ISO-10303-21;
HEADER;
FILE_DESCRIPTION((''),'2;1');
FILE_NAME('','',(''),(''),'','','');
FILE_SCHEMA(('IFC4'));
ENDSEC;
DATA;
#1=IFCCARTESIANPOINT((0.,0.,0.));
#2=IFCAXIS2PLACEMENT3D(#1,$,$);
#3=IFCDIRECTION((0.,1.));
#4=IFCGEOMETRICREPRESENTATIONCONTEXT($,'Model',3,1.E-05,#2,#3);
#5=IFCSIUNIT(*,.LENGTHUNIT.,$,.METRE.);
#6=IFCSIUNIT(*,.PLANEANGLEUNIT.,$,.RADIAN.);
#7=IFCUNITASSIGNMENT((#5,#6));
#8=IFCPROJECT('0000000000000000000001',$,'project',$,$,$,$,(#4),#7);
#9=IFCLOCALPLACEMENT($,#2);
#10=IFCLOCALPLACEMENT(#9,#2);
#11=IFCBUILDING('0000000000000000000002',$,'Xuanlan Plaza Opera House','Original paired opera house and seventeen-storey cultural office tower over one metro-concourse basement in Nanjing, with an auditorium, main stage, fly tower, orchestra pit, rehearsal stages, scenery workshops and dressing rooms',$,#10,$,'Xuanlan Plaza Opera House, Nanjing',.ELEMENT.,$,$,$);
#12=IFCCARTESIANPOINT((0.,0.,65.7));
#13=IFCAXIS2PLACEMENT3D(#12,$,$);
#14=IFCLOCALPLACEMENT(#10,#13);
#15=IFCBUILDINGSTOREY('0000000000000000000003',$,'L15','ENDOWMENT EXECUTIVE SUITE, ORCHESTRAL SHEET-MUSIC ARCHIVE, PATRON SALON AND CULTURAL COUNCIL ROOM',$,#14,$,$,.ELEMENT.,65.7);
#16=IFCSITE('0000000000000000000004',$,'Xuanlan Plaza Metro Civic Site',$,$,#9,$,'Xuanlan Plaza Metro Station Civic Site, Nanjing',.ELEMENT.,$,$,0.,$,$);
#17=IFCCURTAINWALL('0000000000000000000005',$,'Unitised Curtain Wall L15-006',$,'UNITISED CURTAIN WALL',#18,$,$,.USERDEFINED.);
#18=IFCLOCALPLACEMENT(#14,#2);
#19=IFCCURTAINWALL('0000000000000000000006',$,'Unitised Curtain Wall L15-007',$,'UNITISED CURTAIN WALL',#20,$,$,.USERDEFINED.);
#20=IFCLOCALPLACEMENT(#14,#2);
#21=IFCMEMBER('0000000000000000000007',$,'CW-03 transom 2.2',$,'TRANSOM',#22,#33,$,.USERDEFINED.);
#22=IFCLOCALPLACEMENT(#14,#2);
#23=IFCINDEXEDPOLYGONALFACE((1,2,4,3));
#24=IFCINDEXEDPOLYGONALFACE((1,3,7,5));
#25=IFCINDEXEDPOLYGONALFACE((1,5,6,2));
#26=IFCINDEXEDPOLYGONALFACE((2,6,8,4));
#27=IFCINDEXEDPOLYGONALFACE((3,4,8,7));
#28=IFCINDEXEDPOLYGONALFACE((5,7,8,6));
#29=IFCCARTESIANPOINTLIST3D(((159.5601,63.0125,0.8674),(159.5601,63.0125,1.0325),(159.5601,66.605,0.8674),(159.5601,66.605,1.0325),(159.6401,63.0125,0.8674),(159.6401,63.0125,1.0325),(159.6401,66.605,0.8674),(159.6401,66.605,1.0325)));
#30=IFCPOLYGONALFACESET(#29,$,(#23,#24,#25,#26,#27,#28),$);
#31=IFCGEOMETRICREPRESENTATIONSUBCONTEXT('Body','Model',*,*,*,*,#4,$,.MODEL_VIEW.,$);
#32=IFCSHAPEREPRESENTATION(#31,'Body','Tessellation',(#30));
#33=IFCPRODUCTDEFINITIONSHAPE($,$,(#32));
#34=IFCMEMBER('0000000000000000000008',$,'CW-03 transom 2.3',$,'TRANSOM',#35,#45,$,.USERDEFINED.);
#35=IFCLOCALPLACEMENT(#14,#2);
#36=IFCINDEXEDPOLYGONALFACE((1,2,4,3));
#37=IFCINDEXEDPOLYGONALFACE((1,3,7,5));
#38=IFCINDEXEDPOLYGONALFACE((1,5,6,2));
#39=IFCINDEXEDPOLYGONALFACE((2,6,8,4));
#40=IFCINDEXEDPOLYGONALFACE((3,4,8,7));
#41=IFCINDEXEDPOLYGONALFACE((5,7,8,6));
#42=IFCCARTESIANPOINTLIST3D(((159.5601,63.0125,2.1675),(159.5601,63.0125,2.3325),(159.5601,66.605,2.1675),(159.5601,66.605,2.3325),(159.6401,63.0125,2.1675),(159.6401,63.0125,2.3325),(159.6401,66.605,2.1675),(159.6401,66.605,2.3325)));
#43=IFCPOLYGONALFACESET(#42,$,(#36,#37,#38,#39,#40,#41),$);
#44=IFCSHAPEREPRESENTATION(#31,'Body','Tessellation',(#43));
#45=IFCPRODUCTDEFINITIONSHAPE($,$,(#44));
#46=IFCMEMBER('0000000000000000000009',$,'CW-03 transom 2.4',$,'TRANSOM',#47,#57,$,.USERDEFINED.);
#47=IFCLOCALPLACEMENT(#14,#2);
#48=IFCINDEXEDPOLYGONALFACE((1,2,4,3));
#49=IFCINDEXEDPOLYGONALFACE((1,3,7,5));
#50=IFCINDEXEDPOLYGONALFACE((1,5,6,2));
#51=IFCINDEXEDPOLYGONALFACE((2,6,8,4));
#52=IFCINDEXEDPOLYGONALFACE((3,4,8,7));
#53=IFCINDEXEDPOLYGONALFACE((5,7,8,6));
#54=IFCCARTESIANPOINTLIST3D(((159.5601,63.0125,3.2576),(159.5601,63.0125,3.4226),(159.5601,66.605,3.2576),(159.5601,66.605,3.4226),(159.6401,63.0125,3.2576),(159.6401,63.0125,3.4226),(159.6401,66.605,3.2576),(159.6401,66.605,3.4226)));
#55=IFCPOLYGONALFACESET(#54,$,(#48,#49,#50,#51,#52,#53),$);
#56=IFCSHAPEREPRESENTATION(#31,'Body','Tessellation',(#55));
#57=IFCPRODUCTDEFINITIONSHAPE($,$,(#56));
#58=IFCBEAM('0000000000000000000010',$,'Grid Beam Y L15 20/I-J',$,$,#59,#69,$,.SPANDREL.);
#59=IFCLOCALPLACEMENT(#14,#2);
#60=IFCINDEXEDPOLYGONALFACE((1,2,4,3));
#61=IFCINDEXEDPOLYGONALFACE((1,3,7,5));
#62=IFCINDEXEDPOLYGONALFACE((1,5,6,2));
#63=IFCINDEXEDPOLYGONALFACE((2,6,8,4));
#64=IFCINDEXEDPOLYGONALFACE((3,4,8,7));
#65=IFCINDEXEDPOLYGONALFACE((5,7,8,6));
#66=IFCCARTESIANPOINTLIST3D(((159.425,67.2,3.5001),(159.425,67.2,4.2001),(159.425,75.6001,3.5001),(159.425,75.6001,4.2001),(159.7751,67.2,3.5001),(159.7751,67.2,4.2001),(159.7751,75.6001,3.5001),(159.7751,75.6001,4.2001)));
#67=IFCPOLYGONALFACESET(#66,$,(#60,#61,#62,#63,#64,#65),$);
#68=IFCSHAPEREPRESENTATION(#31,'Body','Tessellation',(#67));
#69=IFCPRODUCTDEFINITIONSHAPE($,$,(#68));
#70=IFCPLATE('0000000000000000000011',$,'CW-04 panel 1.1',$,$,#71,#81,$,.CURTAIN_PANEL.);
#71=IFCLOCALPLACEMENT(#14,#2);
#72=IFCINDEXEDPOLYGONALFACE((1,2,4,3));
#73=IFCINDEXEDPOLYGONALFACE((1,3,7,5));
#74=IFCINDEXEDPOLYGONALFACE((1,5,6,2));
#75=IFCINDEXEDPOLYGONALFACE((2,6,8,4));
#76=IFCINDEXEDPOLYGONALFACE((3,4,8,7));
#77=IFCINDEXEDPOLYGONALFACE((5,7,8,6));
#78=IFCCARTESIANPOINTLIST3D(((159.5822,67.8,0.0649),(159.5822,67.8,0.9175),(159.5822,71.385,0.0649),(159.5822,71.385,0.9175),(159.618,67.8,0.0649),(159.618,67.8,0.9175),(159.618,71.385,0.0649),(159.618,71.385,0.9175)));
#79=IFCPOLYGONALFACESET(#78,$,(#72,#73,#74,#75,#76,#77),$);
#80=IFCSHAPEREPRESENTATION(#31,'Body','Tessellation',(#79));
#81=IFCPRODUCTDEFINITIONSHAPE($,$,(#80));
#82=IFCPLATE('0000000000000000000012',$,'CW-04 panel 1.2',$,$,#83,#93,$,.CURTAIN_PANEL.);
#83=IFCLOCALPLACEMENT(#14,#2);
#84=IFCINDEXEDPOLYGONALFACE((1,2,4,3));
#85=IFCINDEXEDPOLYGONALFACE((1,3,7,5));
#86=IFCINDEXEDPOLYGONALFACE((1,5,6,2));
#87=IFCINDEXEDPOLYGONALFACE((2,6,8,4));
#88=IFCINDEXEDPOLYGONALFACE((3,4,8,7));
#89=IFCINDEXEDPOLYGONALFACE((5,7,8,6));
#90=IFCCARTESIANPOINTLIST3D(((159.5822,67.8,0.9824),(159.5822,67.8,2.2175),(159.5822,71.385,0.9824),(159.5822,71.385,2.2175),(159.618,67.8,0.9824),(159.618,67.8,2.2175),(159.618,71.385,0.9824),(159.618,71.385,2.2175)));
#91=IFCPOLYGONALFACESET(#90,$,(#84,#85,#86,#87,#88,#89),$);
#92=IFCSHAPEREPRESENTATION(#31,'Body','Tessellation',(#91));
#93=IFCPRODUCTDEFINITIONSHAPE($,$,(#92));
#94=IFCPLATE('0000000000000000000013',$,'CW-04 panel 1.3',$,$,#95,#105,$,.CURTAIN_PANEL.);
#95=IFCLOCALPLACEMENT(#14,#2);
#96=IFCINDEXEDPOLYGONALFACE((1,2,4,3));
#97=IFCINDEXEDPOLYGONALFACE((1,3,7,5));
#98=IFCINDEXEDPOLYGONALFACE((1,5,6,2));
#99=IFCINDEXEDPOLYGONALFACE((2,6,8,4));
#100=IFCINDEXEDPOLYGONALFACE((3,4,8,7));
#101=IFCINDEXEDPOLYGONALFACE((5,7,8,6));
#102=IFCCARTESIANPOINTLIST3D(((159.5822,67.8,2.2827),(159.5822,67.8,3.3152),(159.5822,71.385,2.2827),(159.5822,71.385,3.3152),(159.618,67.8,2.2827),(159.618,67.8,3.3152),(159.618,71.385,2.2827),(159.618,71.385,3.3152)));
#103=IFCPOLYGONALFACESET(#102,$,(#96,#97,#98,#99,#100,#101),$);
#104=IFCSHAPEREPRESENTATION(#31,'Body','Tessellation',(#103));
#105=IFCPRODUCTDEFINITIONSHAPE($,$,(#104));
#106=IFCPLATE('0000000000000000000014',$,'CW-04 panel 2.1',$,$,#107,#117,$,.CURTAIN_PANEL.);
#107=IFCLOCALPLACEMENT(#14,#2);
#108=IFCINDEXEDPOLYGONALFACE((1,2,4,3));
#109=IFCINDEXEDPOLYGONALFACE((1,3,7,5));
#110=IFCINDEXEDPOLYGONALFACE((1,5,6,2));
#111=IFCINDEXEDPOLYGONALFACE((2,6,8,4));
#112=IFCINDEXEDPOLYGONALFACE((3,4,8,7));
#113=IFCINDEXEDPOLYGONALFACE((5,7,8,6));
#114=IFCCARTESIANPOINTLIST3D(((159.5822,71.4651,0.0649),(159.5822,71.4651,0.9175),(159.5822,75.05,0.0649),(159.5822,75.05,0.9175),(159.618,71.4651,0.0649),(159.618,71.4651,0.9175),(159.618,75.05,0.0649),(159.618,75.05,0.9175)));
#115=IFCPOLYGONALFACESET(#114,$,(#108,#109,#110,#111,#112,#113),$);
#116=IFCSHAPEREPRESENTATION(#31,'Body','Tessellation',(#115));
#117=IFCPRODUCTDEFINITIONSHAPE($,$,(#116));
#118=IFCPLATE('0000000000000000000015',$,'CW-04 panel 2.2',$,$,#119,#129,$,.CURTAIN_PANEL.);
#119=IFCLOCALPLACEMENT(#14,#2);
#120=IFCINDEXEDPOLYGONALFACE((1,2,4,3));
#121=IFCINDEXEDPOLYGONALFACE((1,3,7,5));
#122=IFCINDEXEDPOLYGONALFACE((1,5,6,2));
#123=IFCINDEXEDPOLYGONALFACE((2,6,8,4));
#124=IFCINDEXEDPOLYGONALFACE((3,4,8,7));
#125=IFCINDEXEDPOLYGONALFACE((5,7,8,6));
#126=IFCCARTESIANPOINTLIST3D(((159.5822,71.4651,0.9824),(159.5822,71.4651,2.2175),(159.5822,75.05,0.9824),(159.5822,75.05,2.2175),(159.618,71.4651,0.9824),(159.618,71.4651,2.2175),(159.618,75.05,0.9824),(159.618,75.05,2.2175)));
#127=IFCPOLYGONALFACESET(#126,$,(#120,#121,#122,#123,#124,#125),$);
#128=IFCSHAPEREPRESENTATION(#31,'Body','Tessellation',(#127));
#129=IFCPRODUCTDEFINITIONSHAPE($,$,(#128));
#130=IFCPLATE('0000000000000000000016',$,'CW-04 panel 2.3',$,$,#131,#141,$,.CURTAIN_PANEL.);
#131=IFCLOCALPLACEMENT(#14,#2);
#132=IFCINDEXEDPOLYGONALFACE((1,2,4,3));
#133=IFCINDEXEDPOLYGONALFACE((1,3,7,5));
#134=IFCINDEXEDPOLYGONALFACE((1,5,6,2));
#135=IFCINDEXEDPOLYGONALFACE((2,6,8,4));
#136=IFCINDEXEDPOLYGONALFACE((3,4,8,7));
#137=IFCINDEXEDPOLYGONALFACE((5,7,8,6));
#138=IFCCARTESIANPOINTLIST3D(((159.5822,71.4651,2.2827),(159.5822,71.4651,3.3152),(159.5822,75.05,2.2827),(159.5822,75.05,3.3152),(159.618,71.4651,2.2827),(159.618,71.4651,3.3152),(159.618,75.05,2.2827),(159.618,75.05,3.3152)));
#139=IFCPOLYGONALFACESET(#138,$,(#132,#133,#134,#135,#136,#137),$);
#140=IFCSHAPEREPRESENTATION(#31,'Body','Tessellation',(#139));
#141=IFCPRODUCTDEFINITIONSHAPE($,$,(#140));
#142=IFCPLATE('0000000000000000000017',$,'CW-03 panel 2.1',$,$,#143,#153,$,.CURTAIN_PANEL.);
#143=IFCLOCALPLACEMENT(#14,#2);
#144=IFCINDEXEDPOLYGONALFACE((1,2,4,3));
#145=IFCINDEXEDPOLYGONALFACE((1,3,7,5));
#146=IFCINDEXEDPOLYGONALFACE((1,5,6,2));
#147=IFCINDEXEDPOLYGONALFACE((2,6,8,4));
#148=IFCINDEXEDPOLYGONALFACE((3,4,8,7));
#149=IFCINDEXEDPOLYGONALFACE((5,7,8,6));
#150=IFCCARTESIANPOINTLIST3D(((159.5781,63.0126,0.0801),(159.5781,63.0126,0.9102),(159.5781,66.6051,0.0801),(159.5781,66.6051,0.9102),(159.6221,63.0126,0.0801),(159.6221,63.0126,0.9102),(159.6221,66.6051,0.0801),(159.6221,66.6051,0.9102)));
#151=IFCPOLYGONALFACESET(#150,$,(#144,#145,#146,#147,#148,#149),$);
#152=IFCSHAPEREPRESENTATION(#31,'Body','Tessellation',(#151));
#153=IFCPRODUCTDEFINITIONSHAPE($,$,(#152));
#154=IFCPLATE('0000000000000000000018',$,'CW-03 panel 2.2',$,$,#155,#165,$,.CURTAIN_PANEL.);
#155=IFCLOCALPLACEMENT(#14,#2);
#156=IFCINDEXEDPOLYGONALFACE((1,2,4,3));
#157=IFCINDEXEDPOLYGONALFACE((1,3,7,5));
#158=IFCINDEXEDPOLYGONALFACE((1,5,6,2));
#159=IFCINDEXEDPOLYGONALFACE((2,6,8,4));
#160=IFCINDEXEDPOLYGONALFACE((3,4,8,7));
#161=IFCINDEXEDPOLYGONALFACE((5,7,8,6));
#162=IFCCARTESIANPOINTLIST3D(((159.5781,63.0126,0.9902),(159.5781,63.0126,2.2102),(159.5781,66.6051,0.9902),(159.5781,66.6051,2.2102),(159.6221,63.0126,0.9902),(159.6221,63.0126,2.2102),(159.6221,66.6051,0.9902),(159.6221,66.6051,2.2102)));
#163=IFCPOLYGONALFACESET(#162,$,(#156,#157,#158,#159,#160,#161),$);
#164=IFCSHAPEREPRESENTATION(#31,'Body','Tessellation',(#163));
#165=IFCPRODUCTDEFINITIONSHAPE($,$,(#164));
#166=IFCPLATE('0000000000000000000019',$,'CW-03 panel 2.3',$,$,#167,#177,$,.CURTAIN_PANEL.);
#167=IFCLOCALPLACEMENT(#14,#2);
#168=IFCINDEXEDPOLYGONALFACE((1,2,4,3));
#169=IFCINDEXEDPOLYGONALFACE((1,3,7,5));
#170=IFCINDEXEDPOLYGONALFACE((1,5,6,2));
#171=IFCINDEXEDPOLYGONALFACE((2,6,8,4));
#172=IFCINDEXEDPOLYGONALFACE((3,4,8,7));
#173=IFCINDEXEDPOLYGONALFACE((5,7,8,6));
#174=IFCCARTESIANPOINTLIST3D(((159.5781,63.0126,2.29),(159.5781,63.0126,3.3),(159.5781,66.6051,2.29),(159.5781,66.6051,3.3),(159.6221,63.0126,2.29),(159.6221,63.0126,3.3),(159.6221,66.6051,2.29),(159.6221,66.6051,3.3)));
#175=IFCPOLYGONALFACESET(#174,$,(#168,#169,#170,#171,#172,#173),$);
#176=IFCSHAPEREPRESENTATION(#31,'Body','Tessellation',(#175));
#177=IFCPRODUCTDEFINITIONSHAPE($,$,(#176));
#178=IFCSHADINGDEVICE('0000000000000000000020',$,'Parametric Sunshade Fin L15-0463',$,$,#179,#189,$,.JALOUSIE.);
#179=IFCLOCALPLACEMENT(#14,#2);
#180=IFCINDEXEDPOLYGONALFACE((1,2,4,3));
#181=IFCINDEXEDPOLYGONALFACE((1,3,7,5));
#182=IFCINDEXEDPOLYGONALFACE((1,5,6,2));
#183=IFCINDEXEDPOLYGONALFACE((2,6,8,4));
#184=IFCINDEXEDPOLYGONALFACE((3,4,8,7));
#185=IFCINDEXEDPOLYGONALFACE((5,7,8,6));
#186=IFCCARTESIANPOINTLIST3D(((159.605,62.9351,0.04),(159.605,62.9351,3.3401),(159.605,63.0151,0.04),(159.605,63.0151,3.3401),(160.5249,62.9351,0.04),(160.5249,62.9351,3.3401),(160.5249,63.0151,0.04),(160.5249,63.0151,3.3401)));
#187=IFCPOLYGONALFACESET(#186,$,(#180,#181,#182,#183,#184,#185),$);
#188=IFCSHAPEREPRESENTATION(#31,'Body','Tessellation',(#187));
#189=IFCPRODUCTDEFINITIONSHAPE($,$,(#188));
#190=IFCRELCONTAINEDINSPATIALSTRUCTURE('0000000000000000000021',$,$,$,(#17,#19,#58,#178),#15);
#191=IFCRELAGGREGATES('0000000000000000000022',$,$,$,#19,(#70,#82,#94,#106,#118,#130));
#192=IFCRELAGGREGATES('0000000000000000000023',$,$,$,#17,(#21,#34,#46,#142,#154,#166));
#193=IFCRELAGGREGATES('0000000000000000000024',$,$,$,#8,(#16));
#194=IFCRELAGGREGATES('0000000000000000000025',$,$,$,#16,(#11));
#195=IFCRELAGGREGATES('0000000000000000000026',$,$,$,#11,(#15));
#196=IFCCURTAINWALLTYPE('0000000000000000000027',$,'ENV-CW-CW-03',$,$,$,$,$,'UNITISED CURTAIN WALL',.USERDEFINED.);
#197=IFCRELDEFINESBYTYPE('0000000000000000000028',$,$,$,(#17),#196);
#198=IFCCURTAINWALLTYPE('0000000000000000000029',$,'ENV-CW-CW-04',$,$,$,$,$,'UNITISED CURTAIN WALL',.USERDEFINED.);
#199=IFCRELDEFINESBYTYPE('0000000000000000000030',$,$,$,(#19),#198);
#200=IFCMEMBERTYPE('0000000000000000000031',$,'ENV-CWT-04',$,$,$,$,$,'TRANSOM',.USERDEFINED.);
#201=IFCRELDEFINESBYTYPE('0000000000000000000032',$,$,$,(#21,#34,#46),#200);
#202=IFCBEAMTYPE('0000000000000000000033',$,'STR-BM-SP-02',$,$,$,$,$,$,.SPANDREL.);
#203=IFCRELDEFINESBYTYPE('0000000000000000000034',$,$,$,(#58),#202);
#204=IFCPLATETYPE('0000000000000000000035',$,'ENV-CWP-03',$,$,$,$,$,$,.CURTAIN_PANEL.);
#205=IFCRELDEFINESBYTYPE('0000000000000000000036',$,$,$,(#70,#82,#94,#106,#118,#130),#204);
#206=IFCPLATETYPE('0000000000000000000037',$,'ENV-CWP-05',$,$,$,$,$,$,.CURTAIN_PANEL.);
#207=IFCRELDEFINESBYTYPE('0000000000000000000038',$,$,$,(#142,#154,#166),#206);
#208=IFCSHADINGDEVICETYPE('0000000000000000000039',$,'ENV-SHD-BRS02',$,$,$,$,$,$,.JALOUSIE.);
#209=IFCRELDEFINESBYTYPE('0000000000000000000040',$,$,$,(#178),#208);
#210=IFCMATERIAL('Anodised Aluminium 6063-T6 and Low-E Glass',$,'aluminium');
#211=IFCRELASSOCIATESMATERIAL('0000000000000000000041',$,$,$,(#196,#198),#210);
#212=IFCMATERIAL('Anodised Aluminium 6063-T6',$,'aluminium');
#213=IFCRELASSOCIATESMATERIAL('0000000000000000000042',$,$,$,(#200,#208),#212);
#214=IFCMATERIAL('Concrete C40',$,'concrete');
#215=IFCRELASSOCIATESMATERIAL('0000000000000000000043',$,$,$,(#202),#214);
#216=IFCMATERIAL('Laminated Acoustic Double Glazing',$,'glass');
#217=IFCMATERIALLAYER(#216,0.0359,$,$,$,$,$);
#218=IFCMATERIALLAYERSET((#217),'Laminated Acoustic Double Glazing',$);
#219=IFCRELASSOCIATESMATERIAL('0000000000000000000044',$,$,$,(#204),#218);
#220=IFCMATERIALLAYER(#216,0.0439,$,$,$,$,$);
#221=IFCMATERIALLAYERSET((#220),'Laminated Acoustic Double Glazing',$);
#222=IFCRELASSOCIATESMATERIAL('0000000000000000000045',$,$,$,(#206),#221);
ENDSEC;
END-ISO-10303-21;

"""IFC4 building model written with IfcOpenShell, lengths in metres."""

from ifc_helpers import new_model, si_unit, direction, frame, origin, origin_2d, place, context, subcontext, project, spatial, rectangle, extrude, material, layer, layer_set, material_profile, profile_set, type_object, element, aggregate, save


model = new_model("IFC4")

# Units and contexts
model_context = context("Model", 3, precision=1e-05, world=origin(), true_north=direction((0.0, 1.0)))
body_context = subcontext(model_context, "Body", "Model", "MODEL_VIEW")
ifc_project = project(units=[si_unit("LENGTHUNIT", "METRE"), si_unit("PLANEANGLEUNIT", "RADIAN")], contexts=[model_context])

# Site, building, storey
site_placement = place(None, origin())
site = spatial("IfcSite", under=ifc_project, at=site_placement, Name="Xuanlan Plaza Metro Civic Site", LongName="Xuanlan Plaza Metro Station Civic Site, Nanjing", CompositionType="ELEMENT", RefElevation=0.0)
building_placement = place(site_placement, origin())
building = spatial("IfcBuilding", under=site, at=building_placement, Name="Xuanlan Plaza Opera House", Description="Original paired opera house and seventeen-storey cultural office tower over one metro-concourse basement in Nanjing, with an auditorium, main stage, fly tower, orchestra pit, rehearsal stages, scenery workshops and dressing rooms", LongName="Xuanlan Plaza Opera House, Nanjing", CompositionType="ELEMENT")
storey_placement = place(building_placement, frame((0.0, 0.0, 65.7)))
storey = spatial("IfcBuildingStorey", under=building, at=storey_placement, Name="L15", Description="ENDOWMENT EXECUTIVE SUITE, ORCHESTRAL SHEET-MUSIC ARCHIVE, PATRON SALON AND CULTURAL COUNCIL ROOM", CompositionType="ELEMENT", Elevation=65.7)

# Curtain wall
ifc_material_1 = material(Name="Anodised Aluminium 6063-T6 and Low-E Glass", Category="aluminium")
curtain_wall_type_1 = type_object("IfcCurtainWallType", Name="ENV-CW-CW-03", ElementType="UNITISED CURTAIN WALL", PredefinedType="USERDEFINED", material=ifc_material_1)
curtain_wall_1_placement = place(storey_placement, origin())
curtain_wall_1 = element("IfcCurtainWall", 1, at=curtain_wall_1_placement, inside=storey, type_object=curtain_wall_type_1, Name="Unitised Curtain Wall L15-006", ObjectType="UNITISED CURTAIN WALL", PredefinedType="USERDEFINED")
ifc_material_2 = material(Name="Anodised Aluminium 6063-T6", Category="aluminium")

# Curtain wall
curtain_wall_type_2 = type_object("IfcCurtainWallType", Name="ENV-CW-CW-04", ElementType="UNITISED CURTAIN WALL", PredefinedType="USERDEFINED", material=ifc_material_1)
curtain_wall_2_placement = place(storey_placement, origin())
curtain_wall_2 = element("IfcCurtainWall", 2, at=curtain_wall_2_placement, inside=storey, type_object=curtain_wall_type_2, Name="Unitised Curtain Wall L15-007", ObjectType="UNITISED CURTAIN WALL", PredefinedType="USERDEFINED")

# Members
ifc_material_profile_1 = material_profile(ifc_material_2, rectangle(XDim=0.0801, YDim=0.165, at=origin_2d()), Name="ALU-T 80x165")
ifc_profile_set_1 = profile_set([ifc_material_profile_1], Name="Anodised Aluminium 6063-T6")
member_type_1 = type_object("IfcMemberType", Name="ENV-CWT-04", ElementType="TRANSOM", PredefinedType="USERDEFINED", material=ifc_profile_set_1)
member_1_placement = place(storey_placement, frame((159.6001, 63.0125, 0.95), z_axis=(0.0, 1.0, 0.0), x_axis=(-1.0, 0.0, 0.0)))
member_1 = element("IfcMember", 3, at=member_1_placement, type_object=member_type_1, Name="CW-03 transom 2.2", ObjectType="TRANSOM", PredefinedType="USERDEFINED", context=body_context, shape_type="SweptSolid", body=[
    extrude(rectangle(XDim=0.0801, YDim=0.165, at=origin_2d()), origin(), (0.0, 0.0, 1.0), 3.5925),
])
member_2_placement = place(storey_placement, frame((159.6001, 63.0125, 2.25), z_axis=(0.0, 1.0, 0.0), x_axis=(-1.0, 0.0, 0.0)))
member_2 = element("IfcMember", 4, at=member_2_placement, type_object=member_type_1, Name="CW-03 transom 2.3", ObjectType="TRANSOM", PredefinedType="USERDEFINED", context=body_context, shape_type="SweptSolid", body=[
    extrude(rectangle(XDim=0.0801, YDim=0.165, at=origin_2d()), origin(), (0.0, 0.0, 1.0), 3.5925),
])
member_3_placement = place(storey_placement, frame((159.6001, 63.0125, 3.3401), z_axis=(0.0, 1.0, 0.0), x_axis=(-1.0, 0.0, 0.0)))
member_3 = element("IfcMember", 5, at=member_3_placement, type_object=member_type_1, Name="CW-03 transom 2.4", ObjectType="TRANSOM", PredefinedType="USERDEFINED", context=body_context, shape_type="SweptSolid", body=[
    extrude(rectangle(XDim=0.0801, YDim=0.165, at=origin_2d()), origin(), (0.0, 0.0, 1.0), 3.5925),
])

# Beam
ifc_material_3 = material(Name="Concrete C40", Category="concrete")
ifc_material_profile_2 = material_profile(ifc_material_3, rectangle(XDim=0.3501, YDim=0.7, at=origin_2d()), Name="RC-SPD 350x700")
ifc_profile_set_2 = profile_set([ifc_material_profile_2], Name="Concrete C40")
beam_type = type_object("IfcBeamType", Name="STR-BM-SP-02", PredefinedType="SPANDREL", material=ifc_profile_set_2)
beam_placement = place(storey_placement, frame((159.6001, 67.2, 3.8501), z_axis=(0.0, 1.0, 0.0), x_axis=(-1.0, 0.0, 0.0)))
element("IfcBeam", 6, at=beam_placement, inside=storey, type_object=beam_type, Name="Grid Beam Y L15 20/I-J", PredefinedType="SPANDREL", context=body_context, shape_type="SweptSolid", body=[
    extrude(rectangle(XDim=0.3501, YDim=0.7, at=origin_2d()), origin(), (0.0, 0.0, 1.0), 8.4001),
])

# Plates
ifc_material_4 = material(Name="Laminated Acoustic Double Glazing", Category="glass")
ifc_layer_1 = layer(ifc_material_4, 0.0359)
ifc_layer_set_1 = layer_set([ifc_layer_1], Name="Laminated Acoustic Double Glazing")
plate_type_1 = type_object("IfcPlateType", Name="ENV-CWP-03", PredefinedType="CURTAIN_PANEL", material=ifc_layer_set_1)
plate_1_placement = place(storey_placement, frame((159.6001, 69.5925, 0.0649), z_axis=(0.0, 0.0, 1.0), x_axis=(0.0, 1.0, 0.0)))
plate_1 = element("IfcPlate", 7, at=plate_1_placement, type_object=plate_type_1, Name="CW-04 panel 1.1", PredefinedType="CURTAIN_PANEL", context=body_context, shape_type="SweptSolid", body=[
    extrude(rectangle(XDim=3.585, YDim=0.0359, at=origin_2d()), origin(), (0.0, 0.0, 1.0), 0.8525),
])
plate_2_placement = place(storey_placement, frame((159.6001, 69.5925, 0.9824), z_axis=(0.0, 0.0, 1.0), x_axis=(0.0, 1.0, 0.0)))
plate_2 = element("IfcPlate", 8, at=plate_2_placement, type_object=plate_type_1, Name="CW-04 panel 1.2", PredefinedType="CURTAIN_PANEL", context=body_context, shape_type="SweptSolid", body=[
    extrude(rectangle(XDim=3.585, YDim=0.0359, at=origin_2d()), origin(), (0.0, 0.0, 1.0), 1.2351),
])
plate_3_placement = place(storey_placement, frame((159.6001, 69.5925, 2.2827), z_axis=(0.0, 0.0, 1.0), x_axis=(0.0, 1.0, 0.0)))
plate_3 = element("IfcPlate", 9, at=plate_3_placement, type_object=plate_type_1, Name="CW-04 panel 1.3", PredefinedType="CURTAIN_PANEL", context=body_context, shape_type="SweptSolid", body=[
    extrude(rectangle(XDim=3.585, YDim=0.0359, at=origin_2d()), origin(), (0.0, 0.0, 1.0), 1.0325),
])
plate_4_placement = place(storey_placement, frame((159.6001, 73.2576, 0.0649), z_axis=(0.0, 0.0, 1.0), x_axis=(0.0, 1.0, 0.0)))
plate_4 = element("IfcPlate", 10, at=plate_4_placement, type_object=plate_type_1, Name="CW-04 panel 2.1", PredefinedType="CURTAIN_PANEL", context=body_context, shape_type="SweptSolid", body=[
    extrude(rectangle(XDim=3.585, YDim=0.0359, at=origin_2d()), origin(), (0.0, 0.0, 1.0), 0.8525),
])
plate_5_placement = place(storey_placement, frame((159.6001, 73.2576, 0.9824), z_axis=(0.0, 0.0, 1.0), x_axis=(0.0, 1.0, 0.0)))
plate_5 = element("IfcPlate", 11, at=plate_5_placement, type_object=plate_type_1, Name="CW-04 panel 2.2", PredefinedType="CURTAIN_PANEL", context=body_context, shape_type="SweptSolid", body=[
    extrude(rectangle(XDim=3.585, YDim=0.0359, at=origin_2d()), origin(), (0.0, 0.0, 1.0), 1.2351),
])
plate_6_placement = place(storey_placement, frame((159.6001, 73.2576, 2.2827), z_axis=(0.0, 0.0, 1.0), x_axis=(0.0, 1.0, 0.0)))
plate_6 = element("IfcPlate", 12, at=plate_6_placement, type_object=plate_type_1, Name="CW-04 panel 2.3", PredefinedType="CURTAIN_PANEL", context=body_context, shape_type="SweptSolid", body=[
    extrude(rectangle(XDim=3.585, YDim=0.0359, at=origin_2d()), origin(), (0.0, 0.0, 1.0), 1.0325),
])
aggregate(curtain_wall_2, [plate_1, plate_2, plate_3, plate_4, plate_5, plate_6])
ifc_layer_2 = layer(ifc_material_4, 0.0439)
ifc_layer_set_2 = layer_set([ifc_layer_2], Name="Laminated Acoustic Double Glazing")
plate_type_2 = type_object("IfcPlateType", Name="ENV-CWP-05", PredefinedType="CURTAIN_PANEL", material=ifc_layer_set_2)
plate_7_placement = place(storey_placement, frame((159.6001, 64.8088, 0.0801), z_axis=(0.0, 0.0, 1.0), x_axis=(0.0, 1.0, 0.0)))
plate_7 = element("IfcPlate", 13, at=plate_7_placement, type_object=plate_type_2, Name="CW-03 panel 2.1", PredefinedType="CURTAIN_PANEL", context=body_context, shape_type="SweptSolid", body=[
    extrude(rectangle(XDim=3.5925, YDim=0.0439, at=origin_2d()), origin(), (0.0, 0.0, 1.0), 0.8301),
])
plate_8_placement = place(storey_placement, frame((159.6001, 64.8088, 0.9902), z_axis=(0.0, 0.0, 1.0), x_axis=(0.0, 1.0, 0.0)))
plate_8 = element("IfcPlate", 14, at=plate_8_placement, type_object=plate_type_2, Name="CW-03 panel 2.2", PredefinedType="CURTAIN_PANEL", context=body_context, shape_type="SweptSolid", body=[
    extrude(rectangle(XDim=3.5925, YDim=0.0439, at=origin_2d()), origin(), (0.0, 0.0, 1.0), 1.22),
])
plate_9_placement = place(storey_placement, frame((159.6001, 64.8088, 2.29), z_axis=(0.0, 0.0, 1.0), x_axis=(0.0, 1.0, 0.0)))
plate_9 = element("IfcPlate", 15, at=plate_9_placement, type_object=plate_type_2, Name="CW-03 panel 2.3", PredefinedType="CURTAIN_PANEL", context=body_context, shape_type="SweptSolid", body=[
    extrude(rectangle(XDim=3.5925, YDim=0.0439, at=origin_2d()), origin(), (0.0, 0.0, 1.0), 1.01),
])
aggregate(curtain_wall_1, [member_1, member_2, member_3, plate_7, plate_8, plate_9])

# Shading device
shading_device_type = type_object("IfcShadingDeviceType", Name="ENV-SHD-BRS02", PredefinedType="JALOUSIE", material=ifc_material_2)
for number, where, z_axis, x_axis, name in (
    (16, (160.0649, 62.9751, 0.04), (0.0, 0.0, 1.0), (1.0, 0.0, 0.0), "Parametric Sunshade Fin L15-0463"),
):
    element("IfcShadingDevice", number, at=place(storey_placement, frame(where, z_axis=z_axis, x_axis=x_axis)), inside=storey, type_object=shading_device_type, Name=name, PredefinedType="JALOUSIE", context=body_context, shape_type="SweptSolid", body=[
        extrude(rectangle(XDim=0.9199, YDim=0.0801, at=origin_2d()), origin(), (0.0, 0.0, 1.0), 3.3),
    ])

save(model, "model.ifc")
